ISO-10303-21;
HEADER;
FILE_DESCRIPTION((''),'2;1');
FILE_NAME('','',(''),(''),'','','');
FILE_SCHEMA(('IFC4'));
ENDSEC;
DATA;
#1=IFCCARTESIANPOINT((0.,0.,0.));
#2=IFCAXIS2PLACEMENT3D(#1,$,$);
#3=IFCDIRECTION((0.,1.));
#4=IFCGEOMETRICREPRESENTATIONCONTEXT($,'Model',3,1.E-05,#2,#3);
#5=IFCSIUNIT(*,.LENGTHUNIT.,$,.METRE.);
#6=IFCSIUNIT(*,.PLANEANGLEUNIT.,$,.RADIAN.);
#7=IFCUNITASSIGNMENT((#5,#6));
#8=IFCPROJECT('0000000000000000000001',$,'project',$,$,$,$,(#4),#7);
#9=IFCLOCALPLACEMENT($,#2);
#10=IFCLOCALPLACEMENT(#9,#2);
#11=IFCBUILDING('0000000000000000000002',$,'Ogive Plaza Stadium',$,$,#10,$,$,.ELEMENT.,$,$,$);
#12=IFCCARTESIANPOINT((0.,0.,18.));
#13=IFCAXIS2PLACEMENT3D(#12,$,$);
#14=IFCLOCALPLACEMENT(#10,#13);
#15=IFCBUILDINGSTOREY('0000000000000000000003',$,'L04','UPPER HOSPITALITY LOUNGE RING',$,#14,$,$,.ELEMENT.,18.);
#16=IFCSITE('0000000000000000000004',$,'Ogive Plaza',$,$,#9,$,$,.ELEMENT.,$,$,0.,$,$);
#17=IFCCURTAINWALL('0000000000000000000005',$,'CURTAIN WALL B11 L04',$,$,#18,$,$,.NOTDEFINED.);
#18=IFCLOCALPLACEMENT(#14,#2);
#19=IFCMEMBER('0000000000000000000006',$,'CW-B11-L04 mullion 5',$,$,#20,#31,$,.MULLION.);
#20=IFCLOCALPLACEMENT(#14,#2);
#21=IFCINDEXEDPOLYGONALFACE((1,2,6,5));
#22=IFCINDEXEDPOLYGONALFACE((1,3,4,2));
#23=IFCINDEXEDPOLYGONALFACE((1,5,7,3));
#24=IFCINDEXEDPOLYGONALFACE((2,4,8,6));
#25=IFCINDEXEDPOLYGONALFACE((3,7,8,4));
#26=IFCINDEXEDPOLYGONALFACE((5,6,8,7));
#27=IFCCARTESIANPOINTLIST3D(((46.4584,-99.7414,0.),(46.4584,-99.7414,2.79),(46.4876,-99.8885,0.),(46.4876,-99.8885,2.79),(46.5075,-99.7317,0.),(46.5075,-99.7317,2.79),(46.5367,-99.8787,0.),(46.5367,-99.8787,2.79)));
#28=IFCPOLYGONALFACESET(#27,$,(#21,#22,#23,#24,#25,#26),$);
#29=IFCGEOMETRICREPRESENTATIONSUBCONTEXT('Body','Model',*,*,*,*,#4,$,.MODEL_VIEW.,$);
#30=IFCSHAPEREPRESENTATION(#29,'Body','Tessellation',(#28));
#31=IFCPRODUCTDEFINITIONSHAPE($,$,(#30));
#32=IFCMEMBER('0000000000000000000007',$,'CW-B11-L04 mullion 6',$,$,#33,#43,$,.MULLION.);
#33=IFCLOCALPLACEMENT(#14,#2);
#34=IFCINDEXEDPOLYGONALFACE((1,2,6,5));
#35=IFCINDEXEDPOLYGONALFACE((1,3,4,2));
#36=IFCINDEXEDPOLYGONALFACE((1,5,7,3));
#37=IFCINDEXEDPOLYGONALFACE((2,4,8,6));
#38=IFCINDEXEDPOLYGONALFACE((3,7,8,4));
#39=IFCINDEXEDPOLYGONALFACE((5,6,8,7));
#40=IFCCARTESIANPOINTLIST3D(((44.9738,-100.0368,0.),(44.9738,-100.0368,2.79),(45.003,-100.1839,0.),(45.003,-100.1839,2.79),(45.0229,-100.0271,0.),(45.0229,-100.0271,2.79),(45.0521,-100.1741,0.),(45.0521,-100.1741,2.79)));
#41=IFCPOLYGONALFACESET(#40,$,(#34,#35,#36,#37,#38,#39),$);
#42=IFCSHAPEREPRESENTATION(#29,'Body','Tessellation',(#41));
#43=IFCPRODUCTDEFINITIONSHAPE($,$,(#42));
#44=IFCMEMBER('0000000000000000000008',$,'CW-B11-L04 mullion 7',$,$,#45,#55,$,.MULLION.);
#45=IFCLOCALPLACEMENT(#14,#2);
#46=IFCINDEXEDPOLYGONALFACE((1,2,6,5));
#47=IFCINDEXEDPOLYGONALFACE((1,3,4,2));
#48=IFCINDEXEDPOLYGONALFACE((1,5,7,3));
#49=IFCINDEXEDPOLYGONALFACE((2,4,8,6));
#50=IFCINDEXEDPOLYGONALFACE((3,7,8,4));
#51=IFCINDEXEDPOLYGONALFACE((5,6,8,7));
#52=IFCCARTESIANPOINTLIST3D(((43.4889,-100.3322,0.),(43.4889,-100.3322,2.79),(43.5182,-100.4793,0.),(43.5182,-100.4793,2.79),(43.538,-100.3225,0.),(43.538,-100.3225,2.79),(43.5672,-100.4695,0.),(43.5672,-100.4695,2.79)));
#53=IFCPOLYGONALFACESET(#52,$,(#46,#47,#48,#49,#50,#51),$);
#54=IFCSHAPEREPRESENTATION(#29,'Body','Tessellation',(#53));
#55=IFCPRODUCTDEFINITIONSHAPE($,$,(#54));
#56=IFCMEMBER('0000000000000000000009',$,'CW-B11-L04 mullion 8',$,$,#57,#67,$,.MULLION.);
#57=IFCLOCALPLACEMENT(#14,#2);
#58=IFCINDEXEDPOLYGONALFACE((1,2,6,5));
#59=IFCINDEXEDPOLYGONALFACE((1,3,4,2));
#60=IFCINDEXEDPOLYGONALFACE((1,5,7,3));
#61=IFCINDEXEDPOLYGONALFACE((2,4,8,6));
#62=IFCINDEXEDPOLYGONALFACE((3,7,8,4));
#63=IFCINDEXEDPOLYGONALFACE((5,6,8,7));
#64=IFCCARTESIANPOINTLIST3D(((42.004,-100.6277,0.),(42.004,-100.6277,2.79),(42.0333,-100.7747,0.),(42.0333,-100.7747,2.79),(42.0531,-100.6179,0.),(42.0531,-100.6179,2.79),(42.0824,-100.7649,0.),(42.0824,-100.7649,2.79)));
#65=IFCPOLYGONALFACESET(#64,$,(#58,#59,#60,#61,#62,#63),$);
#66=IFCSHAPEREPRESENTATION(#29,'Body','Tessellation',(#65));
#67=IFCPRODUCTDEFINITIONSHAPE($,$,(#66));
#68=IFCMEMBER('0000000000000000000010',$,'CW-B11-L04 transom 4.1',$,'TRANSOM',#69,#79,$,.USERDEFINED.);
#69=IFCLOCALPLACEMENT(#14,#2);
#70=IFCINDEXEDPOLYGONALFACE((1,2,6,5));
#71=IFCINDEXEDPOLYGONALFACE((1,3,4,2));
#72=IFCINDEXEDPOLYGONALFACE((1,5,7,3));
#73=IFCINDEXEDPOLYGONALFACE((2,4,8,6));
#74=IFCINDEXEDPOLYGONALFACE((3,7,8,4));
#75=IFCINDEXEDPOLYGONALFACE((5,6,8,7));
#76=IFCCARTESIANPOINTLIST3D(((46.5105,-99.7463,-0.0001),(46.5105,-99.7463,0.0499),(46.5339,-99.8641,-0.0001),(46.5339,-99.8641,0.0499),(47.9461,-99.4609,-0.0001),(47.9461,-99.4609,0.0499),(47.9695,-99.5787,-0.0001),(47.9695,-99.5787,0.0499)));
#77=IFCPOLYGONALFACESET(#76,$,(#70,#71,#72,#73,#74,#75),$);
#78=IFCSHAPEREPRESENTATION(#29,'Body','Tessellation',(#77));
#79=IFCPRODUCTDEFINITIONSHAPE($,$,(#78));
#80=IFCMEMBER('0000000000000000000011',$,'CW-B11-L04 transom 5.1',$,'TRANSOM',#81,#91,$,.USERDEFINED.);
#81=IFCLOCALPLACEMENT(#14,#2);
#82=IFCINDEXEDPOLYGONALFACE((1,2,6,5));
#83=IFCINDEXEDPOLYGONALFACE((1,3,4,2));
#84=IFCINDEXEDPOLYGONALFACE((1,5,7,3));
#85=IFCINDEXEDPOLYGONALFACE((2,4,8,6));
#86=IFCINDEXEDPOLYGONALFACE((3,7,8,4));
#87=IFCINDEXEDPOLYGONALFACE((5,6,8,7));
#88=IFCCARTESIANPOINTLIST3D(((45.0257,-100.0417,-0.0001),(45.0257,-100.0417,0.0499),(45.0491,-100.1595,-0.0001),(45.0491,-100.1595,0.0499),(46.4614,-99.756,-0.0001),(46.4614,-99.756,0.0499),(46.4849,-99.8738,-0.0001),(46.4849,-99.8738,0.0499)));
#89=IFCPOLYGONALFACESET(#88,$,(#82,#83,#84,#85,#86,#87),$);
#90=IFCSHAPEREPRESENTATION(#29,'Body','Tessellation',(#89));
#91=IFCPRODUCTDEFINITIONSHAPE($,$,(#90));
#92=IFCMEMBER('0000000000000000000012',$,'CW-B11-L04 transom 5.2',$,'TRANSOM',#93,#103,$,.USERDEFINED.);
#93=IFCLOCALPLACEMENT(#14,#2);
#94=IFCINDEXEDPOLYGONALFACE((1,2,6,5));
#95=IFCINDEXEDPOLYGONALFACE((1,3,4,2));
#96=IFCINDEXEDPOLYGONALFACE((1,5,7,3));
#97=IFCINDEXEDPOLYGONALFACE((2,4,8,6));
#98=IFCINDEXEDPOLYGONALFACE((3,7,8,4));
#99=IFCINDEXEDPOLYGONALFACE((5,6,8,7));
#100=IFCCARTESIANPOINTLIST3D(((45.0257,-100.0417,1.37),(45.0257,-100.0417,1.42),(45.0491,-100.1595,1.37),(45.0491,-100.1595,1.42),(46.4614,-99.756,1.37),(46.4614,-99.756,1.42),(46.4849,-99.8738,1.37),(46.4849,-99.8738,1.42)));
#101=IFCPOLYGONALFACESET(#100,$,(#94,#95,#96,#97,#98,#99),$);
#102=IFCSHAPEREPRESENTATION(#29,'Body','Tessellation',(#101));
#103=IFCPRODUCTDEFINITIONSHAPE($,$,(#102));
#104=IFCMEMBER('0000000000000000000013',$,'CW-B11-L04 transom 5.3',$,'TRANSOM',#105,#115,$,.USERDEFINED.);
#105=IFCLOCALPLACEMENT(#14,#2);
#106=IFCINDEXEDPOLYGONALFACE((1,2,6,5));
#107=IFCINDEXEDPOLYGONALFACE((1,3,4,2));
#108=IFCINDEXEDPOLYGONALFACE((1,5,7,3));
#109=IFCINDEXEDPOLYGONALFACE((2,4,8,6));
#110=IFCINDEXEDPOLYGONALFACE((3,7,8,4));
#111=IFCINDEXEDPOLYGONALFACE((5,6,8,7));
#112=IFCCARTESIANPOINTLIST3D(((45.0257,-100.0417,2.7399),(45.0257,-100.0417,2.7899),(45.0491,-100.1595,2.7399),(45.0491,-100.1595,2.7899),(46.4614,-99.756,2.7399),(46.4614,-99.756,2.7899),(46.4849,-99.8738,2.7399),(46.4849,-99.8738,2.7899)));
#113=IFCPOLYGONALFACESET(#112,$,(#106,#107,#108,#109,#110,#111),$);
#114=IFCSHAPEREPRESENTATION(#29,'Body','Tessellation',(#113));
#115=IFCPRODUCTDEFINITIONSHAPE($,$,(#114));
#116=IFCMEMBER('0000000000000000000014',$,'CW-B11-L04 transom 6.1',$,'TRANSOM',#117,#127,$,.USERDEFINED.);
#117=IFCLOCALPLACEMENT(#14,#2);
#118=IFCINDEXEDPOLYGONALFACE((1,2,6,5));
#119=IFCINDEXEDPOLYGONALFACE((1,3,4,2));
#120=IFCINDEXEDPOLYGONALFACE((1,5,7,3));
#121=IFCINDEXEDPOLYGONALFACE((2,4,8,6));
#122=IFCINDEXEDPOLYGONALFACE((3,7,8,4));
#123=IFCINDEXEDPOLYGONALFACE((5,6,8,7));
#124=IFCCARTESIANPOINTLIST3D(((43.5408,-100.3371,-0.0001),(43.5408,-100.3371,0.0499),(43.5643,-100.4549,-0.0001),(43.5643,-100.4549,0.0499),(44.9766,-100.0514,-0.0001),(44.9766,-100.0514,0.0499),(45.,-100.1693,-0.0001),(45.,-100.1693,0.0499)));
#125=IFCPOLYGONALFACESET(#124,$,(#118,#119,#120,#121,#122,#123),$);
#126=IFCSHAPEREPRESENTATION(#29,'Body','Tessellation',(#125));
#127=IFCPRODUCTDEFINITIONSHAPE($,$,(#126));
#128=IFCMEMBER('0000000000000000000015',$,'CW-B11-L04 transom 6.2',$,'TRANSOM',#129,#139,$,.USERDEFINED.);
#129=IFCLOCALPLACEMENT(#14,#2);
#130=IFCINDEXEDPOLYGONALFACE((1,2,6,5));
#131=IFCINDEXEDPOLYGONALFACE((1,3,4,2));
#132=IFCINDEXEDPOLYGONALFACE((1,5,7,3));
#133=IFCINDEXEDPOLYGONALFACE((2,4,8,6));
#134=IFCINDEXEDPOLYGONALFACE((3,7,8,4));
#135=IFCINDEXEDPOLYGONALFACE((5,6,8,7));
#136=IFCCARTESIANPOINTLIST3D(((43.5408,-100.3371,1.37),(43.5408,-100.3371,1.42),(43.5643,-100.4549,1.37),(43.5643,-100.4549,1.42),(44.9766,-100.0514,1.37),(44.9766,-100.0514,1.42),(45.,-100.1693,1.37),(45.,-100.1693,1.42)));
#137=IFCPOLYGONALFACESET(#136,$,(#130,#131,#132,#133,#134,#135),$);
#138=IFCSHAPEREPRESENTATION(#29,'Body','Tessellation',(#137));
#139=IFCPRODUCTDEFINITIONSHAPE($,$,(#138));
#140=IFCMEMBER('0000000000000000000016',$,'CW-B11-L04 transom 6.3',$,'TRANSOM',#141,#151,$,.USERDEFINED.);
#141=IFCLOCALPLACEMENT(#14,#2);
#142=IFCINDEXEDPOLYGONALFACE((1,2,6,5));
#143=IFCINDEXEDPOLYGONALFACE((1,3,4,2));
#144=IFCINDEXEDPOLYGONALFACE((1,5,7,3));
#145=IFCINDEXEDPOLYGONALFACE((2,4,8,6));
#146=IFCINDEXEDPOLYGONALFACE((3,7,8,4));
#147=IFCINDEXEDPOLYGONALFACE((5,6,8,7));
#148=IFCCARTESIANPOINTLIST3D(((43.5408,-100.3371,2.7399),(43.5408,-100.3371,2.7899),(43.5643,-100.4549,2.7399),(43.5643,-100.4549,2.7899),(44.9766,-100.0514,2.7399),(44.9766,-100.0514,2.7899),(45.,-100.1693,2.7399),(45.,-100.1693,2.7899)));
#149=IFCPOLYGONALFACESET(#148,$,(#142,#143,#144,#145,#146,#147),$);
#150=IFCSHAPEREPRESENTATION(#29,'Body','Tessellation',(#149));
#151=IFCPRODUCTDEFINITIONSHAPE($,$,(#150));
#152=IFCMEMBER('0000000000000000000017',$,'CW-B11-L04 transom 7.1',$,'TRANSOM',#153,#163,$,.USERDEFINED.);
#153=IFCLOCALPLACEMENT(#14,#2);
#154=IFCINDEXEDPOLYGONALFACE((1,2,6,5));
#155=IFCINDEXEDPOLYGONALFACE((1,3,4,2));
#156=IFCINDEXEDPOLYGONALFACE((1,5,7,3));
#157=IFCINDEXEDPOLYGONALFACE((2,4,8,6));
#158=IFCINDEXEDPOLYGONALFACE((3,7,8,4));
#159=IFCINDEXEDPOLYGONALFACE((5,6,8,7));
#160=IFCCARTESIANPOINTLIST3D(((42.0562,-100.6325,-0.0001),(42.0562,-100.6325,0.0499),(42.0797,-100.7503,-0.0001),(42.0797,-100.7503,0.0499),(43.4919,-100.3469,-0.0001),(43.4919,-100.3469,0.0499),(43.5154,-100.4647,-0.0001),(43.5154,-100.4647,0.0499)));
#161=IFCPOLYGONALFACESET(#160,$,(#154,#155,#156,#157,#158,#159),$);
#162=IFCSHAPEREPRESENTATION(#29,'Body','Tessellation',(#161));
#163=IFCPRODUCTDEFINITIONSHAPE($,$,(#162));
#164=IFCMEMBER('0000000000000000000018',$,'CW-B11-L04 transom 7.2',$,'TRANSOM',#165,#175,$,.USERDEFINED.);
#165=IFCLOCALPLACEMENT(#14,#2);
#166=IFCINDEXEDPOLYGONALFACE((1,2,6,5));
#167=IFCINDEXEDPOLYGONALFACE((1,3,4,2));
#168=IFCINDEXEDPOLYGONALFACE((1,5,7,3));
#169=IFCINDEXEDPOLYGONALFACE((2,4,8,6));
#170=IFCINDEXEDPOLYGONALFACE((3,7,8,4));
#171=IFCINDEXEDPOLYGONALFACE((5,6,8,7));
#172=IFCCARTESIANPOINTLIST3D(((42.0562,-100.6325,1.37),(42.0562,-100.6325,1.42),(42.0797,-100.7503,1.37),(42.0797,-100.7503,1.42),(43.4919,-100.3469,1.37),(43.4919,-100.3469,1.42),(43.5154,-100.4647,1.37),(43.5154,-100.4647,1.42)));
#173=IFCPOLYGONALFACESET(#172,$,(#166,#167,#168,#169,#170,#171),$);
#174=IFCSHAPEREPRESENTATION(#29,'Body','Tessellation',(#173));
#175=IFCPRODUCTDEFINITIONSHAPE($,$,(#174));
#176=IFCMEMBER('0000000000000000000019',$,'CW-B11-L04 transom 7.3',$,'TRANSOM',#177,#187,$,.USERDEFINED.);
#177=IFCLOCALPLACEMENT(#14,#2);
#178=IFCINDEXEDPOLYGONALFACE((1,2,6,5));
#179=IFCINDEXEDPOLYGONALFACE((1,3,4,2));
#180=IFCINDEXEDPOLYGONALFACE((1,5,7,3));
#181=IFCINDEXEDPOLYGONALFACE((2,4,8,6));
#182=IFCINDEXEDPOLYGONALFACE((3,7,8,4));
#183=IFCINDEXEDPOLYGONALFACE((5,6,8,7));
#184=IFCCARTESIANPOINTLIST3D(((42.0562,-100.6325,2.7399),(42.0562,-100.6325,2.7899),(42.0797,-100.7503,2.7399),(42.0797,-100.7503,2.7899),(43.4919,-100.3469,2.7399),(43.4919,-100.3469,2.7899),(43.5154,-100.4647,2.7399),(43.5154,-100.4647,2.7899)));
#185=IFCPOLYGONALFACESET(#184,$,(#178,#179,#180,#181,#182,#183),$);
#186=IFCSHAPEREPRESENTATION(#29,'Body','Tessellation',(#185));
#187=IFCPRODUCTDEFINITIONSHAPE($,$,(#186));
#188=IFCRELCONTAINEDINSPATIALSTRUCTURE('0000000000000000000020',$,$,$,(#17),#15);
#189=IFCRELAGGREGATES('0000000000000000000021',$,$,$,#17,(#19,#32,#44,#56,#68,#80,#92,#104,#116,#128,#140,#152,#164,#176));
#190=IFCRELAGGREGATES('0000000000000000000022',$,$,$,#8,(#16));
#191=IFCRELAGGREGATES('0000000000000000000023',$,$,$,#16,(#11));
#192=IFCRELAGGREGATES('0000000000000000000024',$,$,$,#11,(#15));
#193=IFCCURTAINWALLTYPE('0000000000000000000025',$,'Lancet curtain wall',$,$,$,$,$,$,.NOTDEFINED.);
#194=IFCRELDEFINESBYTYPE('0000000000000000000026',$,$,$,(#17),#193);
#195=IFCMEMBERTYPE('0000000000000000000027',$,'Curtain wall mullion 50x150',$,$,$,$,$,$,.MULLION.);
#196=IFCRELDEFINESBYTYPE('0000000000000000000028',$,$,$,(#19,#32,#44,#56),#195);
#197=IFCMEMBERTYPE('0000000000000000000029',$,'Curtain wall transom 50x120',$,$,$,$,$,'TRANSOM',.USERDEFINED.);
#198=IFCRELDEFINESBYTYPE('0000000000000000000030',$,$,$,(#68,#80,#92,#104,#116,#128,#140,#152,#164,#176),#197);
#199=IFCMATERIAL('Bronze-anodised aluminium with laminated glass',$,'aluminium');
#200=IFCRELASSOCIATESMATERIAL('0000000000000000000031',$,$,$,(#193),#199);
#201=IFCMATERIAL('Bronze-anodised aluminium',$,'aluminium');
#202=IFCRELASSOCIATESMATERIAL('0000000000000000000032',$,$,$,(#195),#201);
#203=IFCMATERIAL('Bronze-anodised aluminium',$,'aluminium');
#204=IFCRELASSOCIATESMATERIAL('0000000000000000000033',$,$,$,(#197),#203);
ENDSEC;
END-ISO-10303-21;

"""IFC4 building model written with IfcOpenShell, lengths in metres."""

from ifc_helpers import new_model, si_unit, direction, frame, origin, origin_2d, place, context, subcontext, project, spatial, rectangle, extrude, material, material_profile, profile_set, type_object, element, aggregate, save


model = new_model("IFC4")

# Units and contexts
model_context = context("Model", 3, precision=1e-05, world=origin(), true_north=direction((0.0, 1.0)))
body_context = subcontext(model_context, "Body", "Model", "MODEL_VIEW")
ifc_project = project(units=[si_unit("LENGTHUNIT", "METRE"), si_unit("PLANEANGLEUNIT", "RADIAN")], contexts=[model_context])

# Site, building, storey
site_placement = place(None, origin())
site = spatial("IfcSite", under=ifc_project, at=site_placement, Name="Ogive Plaza", CompositionType="ELEMENT", RefElevation=0.0)
building_placement = place(site_placement, origin())
building = spatial("IfcBuilding", under=site, at=building_placement, Name="Ogive Plaza Stadium", CompositionType="ELEMENT")
storey_placement = place(building_placement, frame((0.0, 0.0, 18.0)))
storey = spatial("IfcBuildingStorey", under=building, at=storey_placement, Name="L04", Description="UPPER HOSPITALITY LOUNGE RING", CompositionType="ELEMENT", Elevation=18.0)

# Curtain wall, members
ifc_material_1 = material(Name="Bronze-anodised aluminium with laminated glass", Category="aluminium")
curtain_wall_type = type_object("IfcCurtainWallType", Name="Lancet curtain wall", PredefinedType="NOTDEFINED", material=ifc_material_1)
curtain_wall_placement = place(storey_placement, origin())
curtain_wall = element("IfcCurtainWall", 1, at=curtain_wall_placement, inside=storey, type_object=curtain_wall_type, Name="CURTAIN WALL B11 L04", PredefinedType="NOTDEFINED")
ifc_material_2 = material(Name="Bronze-anodised aluminium", Category="aluminium")
ifc_material_profile_1 = material_profile(ifc_material_2, rectangle(XDim=0.1499, YDim=0.05, at=origin_2d()), Name="AL 150x50")
ifc_profile_set_1 = profile_set([ifc_material_profile_1], Name="Bronze-anodised aluminium")
member_type_1 = type_object("IfcMemberType", Name="Curtain wall mullion 50x150", PredefinedType="MULLION", material=ifc_profile_set_1)
member_1_placement = place(storey_placement, frame((46.4976, -99.8101, 0.0), z_axis=(0.0, 0.0, 1.0), x_axis=(0.19509, -0.980785, 0.0)))
member_1 = element("IfcMember", 2, at=member_1_placement, type_object=member_type_1, Name="CW-B11-L04 mullion 5", PredefinedType="MULLION", context=body_context, shape_type="SweptSolid", body=[
    extrude(rectangle(XDim=0.1499, YDim=0.05, at=origin_2d()), origin(), (0.0, 0.0, 1.0), 2.79),
])
member_2_placement = place(storey_placement, frame((45.0129, -100.1055, 0.0), z_axis=(0.0, 0.0, 1.0), x_axis=(0.19509, -0.980785, 0.0)))
member_2 = element("IfcMember", 3, at=member_2_placement, type_object=member_type_1, Name="CW-B11-L04 mullion 6", PredefinedType="MULLION", context=body_context, shape_type="SweptSolid", body=[
    extrude(rectangle(XDim=0.1499, YDim=0.05, at=origin_2d()), origin(), (0.0, 0.0, 1.0), 2.79),
])
member_3_placement = place(storey_placement, frame((43.5281, -100.4009, 0.0), z_axis=(0.0, 0.0, 1.0), x_axis=(0.19509, -0.980785, 0.0)))
member_3 = element("IfcMember", 4, at=member_3_placement, type_object=member_type_1, Name="CW-B11-L04 mullion 7", PredefinedType="MULLION", context=body_context, shape_type="SweptSolid", body=[
    extrude(rectangle(XDim=0.1499, YDim=0.05, at=origin_2d()), origin(), (0.0, 0.0, 1.0), 2.79),
])
member_4_placement = place(storey_placement, frame((42.0432, -100.6963, 0.0), z_axis=(0.0, 0.0, 1.0), x_axis=(0.19509, -0.980785, 0.0)))
member_4 = element("IfcMember", 5, at=member_4_placement, type_object=member_type_1, Name="CW-B11-L04 mullion 8", PredefinedType="MULLION", context=body_context, shape_type="SweptSolid", body=[
    extrude(rectangle(XDim=0.1499, YDim=0.05, at=origin_2d()), origin(), (0.0, 0.0, 1.0), 2.79),
])
ifc_material_3 = material(Name="Bronze-anodised aluminium", Category="aluminium")
ifc_material_profile_2 = material_profile(ifc_material_3, rectangle(XDim=0.1201, YDim=0.05, at=origin_2d()), Name="AL 120x50")
ifc_profile_set_2 = profile_set([ifc_material_profile_2], Name="Bronze-anodised aluminium")
member_type_2 = type_object("IfcMemberType", Name="Curtain wall transom 50x120", ElementType="TRANSOM", PredefinedType="USERDEFINED", material=ifc_profile_set_2)
member_5_placement = place(storey_placement, frame((47.9578, -99.5198, 0.0249), z_axis=(-0.980805, -0.194993, 0.0), x_axis=(0.194993, -0.980805, 0.0)))
member_5 = element("IfcMember", 6, at=member_5_placement, type_object=member_type_2, Name="CW-B11-L04 transom 4.1", ObjectType="TRANSOM", PredefinedType="USERDEFINED", context=body_context, shape_type="SweptSolid", body=[
    extrude(rectangle(XDim=0.1201, YDim=0.05, at=origin_2d()), origin(), (0.0, 0.0, 1.0), 1.4636),
])
member_6_placement = place(storey_placement, frame((46.4731, -99.8149, 0.0249), z_axis=(-0.980779, -0.195122, 0.0), x_axis=(0.195122, -0.980779, 0.0)))
member_6 = element("IfcMember", 7, at=member_6_placement, type_object=member_type_2, Name="CW-B11-L04 transom 5.1", ObjectType="TRANSOM", PredefinedType="USERDEFINED", context=body_context, shape_type="SweptSolid", body=[
    extrude(rectangle(XDim=0.1201, YDim=0.05, at=origin_2d()), origin(), (0.0, 0.0, 1.0), 1.4639),
])
member_7_placement = place(storey_placement, frame((46.4731, -99.8149, 1.395), z_axis=(-0.980779, -0.195122, 0.0), x_axis=(0.195122, -0.980779, 0.0)))
member_7 = element("IfcMember", 8, at=member_7_placement, type_object=member_type_2, Name="CW-B11-L04 transom 5.2", ObjectType="TRANSOM", PredefinedType="USERDEFINED", context=body_context, shape_type="SweptSolid", body=[
    extrude(rectangle(XDim=0.1201, YDim=0.05, at=origin_2d()), origin(), (0.0, 0.0, 1.0), 1.4639),
])
member_8_placement = place(storey_placement, frame((46.4731, -99.8149, 2.7649), z_axis=(-0.980779, -0.195122, 0.0), x_axis=(0.195122, -0.980779, 0.0)))
member_8 = element("IfcMember", 9, at=member_8_placement, type_object=member_type_2, Name="CW-B11-L04 transom 5.3", ObjectType="TRANSOM", PredefinedType="USERDEFINED", context=body_context, shape_type="SweptSolid", body=[
    extrude(rectangle(XDim=0.1201, YDim=0.05, at=origin_2d()), origin(), (0.0, 0.0, 1.0), 1.4639),
])
member_9_placement = place(storey_placement, frame((44.9883, -100.1104, 0.0249), z_axis=(-0.980779, -0.195122, 0.0), x_axis=(0.195122, -0.980779, 0.0)))
member_9 = element("IfcMember", 10, at=member_9_placement, type_object=member_type_2, Name="CW-B11-L04 transom 6.1", ObjectType="TRANSOM", PredefinedType="USERDEFINED", context=body_context, shape_type="SweptSolid", body=[
    extrude(rectangle(XDim=0.1201, YDim=0.05, at=origin_2d()), origin(), (0.0, 0.0, 1.0), 1.4639),
])
member_10_placement = place(storey_placement, frame((44.9883, -100.1104, 1.395), z_axis=(-0.980779, -0.195122, 0.0), x_axis=(0.195122, -0.980779, 0.0)))
member_10 = element("IfcMember", 11, at=member_10_placement, type_object=member_type_2, Name="CW-B11-L04 transom 6.2", ObjectType="TRANSOM", PredefinedType="USERDEFINED", context=body_context, shape_type="SweptSolid", body=[
    extrude(rectangle(XDim=0.1201, YDim=0.05, at=origin_2d()), origin(), (0.0, 0.0, 1.0), 1.4639),
])
member_11_placement = place(storey_placement, frame((44.9883, -100.1104, 2.7649), z_axis=(-0.980779, -0.195122, 0.0), x_axis=(0.195122, -0.980779, 0.0)))
member_11 = element("IfcMember", 12, at=member_11_placement, type_object=member_type_2, Name="CW-B11-L04 transom 6.3", ObjectType="TRANSOM", PredefinedType="USERDEFINED", context=body_context, shape_type="SweptSolid", body=[
    extrude(rectangle(XDim=0.1201, YDim=0.05, at=origin_2d()), origin(), (0.0, 0.0, 1.0), 1.4639),
])
member_12_placement = place(storey_placement, frame((43.5037, -100.4058, 0.0249), z_axis=(-0.980779, -0.195122, 0.0), x_axis=(0.195122, -0.980779, 0.0)))
member_12 = element("IfcMember", 13, at=member_12_placement, type_object=member_type_2, Name="CW-B11-L04 transom 7.1", ObjectType="TRANSOM", PredefinedType="USERDEFINED", context=body_context, shape_type="SweptSolid", body=[
    extrude(rectangle(XDim=0.1201, YDim=0.05, at=origin_2d()), origin(), (0.0, 0.0, 1.0), 1.4639),
])
member_13_placement = place(storey_placement, frame((43.5037, -100.4058, 1.395), z_axis=(-0.980779, -0.195122, 0.0), x_axis=(0.195122, -0.980779, 0.0)))
member_13 = element("IfcMember", 14, at=member_13_placement, type_object=member_type_2, Name="CW-B11-L04 transom 7.2", ObjectType="TRANSOM", PredefinedType="USERDEFINED", context=body_context, shape_type="SweptSolid", body=[
    extrude(rectangle(XDim=0.1201, YDim=0.05, at=origin_2d()), origin(), (0.0, 0.0, 1.0), 1.4639),
])
member_14_placement = place(storey_placement, frame((43.5037, -100.4058, 2.7649), z_axis=(-0.980779, -0.195122, 0.0), x_axis=(0.195122, -0.980779, 0.0)))
member_14 = element("IfcMember", 15, at=member_14_placement, type_object=member_type_2, Name="CW-B11-L04 transom 7.3", ObjectType="TRANSOM", PredefinedType="USERDEFINED", context=body_context, shape_type="SweptSolid", body=[
    extrude(rectangle(XDim=0.1201, YDim=0.05, at=origin_2d()), origin(), (0.0, 0.0, 1.0), 1.4639),
])
aggregate(curtain_wall, [member_1, member_2, member_3, member_4, member_5, member_6, member_7, member_8, member_9, member_10, member_11, member_12, member_13, member_14])

save(model, "model.ifc")
